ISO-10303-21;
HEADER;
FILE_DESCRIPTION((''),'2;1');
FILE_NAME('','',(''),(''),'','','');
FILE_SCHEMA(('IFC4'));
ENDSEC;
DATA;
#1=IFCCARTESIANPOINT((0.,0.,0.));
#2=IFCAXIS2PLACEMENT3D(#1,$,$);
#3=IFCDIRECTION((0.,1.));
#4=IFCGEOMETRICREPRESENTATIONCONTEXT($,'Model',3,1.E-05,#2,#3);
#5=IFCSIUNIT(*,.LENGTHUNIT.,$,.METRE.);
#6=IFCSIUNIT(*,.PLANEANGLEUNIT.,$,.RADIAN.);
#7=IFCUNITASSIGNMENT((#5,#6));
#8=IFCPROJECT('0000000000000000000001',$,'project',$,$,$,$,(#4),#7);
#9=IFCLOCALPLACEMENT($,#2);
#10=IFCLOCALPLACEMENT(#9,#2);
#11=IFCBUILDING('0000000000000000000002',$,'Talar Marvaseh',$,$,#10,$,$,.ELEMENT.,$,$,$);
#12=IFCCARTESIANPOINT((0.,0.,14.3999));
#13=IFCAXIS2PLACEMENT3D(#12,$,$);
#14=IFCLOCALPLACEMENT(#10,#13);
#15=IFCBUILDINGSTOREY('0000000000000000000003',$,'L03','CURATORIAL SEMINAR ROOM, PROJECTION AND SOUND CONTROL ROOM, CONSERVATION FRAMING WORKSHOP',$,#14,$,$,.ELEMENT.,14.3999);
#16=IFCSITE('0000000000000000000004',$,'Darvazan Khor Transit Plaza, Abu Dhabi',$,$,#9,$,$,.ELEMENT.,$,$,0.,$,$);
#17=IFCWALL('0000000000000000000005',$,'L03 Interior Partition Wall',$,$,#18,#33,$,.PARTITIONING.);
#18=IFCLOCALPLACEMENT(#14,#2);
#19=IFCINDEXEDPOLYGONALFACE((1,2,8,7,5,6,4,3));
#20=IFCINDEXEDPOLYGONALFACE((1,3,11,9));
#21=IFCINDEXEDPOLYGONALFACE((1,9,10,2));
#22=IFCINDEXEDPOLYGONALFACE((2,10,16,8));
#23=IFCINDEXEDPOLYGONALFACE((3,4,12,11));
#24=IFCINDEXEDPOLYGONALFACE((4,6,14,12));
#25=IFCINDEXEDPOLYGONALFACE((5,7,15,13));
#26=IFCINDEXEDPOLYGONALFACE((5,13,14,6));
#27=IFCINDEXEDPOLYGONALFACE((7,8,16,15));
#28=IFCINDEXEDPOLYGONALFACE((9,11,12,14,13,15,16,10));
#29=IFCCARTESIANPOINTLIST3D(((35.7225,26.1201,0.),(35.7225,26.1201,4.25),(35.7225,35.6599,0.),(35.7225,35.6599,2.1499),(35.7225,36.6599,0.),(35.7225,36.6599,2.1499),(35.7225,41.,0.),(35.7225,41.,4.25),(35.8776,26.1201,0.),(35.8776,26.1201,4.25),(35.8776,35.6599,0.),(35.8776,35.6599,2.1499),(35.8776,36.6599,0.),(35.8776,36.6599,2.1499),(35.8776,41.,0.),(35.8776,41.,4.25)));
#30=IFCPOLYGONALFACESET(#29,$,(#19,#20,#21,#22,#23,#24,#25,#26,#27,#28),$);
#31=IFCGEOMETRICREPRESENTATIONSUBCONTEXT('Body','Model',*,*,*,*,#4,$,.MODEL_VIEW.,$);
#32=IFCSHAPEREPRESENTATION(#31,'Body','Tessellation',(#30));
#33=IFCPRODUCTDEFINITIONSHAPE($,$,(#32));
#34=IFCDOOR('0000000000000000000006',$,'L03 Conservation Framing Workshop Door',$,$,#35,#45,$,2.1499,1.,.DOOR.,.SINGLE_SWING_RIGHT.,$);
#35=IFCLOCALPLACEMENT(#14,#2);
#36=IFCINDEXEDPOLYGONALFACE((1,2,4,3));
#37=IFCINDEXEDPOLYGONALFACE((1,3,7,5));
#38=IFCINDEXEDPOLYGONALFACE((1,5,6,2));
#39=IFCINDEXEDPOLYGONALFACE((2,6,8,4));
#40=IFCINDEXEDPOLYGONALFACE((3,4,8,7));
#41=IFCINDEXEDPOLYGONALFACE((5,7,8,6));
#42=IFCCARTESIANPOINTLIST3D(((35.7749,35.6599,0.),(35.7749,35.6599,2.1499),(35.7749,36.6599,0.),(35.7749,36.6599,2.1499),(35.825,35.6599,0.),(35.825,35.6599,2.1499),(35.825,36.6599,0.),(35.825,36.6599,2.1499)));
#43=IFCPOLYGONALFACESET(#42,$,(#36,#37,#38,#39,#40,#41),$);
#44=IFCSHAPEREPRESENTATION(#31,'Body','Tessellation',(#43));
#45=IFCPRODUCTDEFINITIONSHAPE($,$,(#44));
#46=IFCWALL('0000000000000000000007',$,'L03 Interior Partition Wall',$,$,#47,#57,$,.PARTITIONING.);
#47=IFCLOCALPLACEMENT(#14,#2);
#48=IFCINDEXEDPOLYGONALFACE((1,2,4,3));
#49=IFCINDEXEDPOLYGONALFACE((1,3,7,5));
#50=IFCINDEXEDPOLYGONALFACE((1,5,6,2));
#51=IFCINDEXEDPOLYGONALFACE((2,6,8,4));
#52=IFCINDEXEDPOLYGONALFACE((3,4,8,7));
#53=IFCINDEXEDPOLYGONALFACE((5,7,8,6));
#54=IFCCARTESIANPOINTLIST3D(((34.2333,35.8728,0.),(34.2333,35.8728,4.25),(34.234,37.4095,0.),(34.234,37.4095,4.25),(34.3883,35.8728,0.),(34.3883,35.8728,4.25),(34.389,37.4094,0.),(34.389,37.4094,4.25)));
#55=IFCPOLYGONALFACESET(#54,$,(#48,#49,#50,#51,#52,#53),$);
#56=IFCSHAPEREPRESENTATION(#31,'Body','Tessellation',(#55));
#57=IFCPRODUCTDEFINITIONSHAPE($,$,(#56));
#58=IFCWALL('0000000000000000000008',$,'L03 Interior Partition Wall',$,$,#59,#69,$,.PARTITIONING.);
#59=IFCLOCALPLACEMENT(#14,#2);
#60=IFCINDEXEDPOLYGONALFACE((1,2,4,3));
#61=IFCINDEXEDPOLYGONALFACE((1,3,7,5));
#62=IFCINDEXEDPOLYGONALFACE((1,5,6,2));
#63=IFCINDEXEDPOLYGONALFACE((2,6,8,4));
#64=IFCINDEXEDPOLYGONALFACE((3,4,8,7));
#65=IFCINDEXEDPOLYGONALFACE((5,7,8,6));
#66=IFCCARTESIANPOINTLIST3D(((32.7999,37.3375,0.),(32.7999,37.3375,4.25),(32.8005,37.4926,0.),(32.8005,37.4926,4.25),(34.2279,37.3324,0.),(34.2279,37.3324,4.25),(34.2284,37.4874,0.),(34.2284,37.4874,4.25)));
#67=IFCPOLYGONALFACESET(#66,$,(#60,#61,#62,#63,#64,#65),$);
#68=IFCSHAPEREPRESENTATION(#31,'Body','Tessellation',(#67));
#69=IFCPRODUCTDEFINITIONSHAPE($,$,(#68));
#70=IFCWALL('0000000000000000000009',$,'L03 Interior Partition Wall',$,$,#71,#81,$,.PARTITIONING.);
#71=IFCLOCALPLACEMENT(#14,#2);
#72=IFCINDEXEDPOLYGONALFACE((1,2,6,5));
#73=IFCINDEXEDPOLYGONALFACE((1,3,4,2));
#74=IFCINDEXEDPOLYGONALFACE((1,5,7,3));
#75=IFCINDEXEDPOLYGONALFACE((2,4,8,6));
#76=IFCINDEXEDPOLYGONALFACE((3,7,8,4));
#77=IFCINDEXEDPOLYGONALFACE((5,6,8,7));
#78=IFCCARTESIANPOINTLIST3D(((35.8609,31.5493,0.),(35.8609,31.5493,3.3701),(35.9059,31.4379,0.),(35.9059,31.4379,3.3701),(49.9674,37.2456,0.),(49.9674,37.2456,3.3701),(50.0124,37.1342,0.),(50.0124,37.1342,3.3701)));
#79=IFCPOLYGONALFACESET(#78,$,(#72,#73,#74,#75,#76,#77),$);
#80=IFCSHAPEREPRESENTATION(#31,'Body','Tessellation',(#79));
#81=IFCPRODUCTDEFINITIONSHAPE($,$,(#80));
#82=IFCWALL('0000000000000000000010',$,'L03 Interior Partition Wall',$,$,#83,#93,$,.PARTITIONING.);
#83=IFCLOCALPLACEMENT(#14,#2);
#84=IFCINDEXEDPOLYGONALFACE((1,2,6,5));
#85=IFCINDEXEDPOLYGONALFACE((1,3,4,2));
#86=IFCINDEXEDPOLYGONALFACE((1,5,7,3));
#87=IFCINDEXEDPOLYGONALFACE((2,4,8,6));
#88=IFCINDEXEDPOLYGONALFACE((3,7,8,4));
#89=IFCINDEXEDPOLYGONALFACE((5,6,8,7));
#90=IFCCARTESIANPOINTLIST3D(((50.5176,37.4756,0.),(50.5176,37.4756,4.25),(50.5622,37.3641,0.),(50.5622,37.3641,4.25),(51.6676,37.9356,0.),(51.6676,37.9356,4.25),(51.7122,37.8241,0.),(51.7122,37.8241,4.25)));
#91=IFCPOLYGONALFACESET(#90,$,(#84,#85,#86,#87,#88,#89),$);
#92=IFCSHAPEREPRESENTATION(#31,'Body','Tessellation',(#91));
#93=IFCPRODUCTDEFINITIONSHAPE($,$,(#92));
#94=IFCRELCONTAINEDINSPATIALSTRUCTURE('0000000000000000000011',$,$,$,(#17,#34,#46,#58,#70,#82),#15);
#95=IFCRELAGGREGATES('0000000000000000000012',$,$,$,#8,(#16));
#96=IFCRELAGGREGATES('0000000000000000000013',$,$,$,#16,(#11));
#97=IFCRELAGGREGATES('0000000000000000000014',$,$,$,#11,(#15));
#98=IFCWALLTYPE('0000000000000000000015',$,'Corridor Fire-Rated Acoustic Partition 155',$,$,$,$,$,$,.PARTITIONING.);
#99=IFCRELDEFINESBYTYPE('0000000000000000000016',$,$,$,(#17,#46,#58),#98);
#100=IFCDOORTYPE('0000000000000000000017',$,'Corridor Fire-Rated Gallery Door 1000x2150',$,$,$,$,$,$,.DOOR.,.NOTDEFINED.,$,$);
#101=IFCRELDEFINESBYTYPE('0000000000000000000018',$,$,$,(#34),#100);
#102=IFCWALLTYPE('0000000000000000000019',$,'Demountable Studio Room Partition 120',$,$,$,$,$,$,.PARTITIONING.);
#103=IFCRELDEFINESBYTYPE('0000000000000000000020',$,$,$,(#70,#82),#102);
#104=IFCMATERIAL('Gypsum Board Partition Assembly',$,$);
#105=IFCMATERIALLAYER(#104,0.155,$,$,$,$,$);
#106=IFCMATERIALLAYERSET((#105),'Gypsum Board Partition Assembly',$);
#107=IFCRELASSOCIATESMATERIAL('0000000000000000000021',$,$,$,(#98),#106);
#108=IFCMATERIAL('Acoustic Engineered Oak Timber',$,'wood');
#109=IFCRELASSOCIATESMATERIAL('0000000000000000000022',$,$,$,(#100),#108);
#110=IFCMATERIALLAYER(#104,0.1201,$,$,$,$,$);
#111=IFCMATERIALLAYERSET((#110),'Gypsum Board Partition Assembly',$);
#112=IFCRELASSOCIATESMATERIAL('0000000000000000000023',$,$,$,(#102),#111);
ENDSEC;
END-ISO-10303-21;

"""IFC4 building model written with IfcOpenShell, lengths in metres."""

from ifc_helpers import new_model, si_unit, direction, frame, frame_2d, origin, place, context, subcontext, project, spatial, rectangle, extrude, source, transform, mapped, material, layer, layer_set, type_object, type_shapes, element, fill, save


model = new_model("IFC4")

# Units and contexts
model_context = context("Model", 3, precision=1e-05, world=origin(), true_north=direction((0.0, 1.0)))
body_context = subcontext(model_context, "Body", "Model", "MODEL_VIEW")
ifc_project = project(units=[si_unit("LENGTHUNIT", "METRE"), si_unit("PLANEANGLEUNIT", "RADIAN")], contexts=[model_context])

# Site, building, storey
site_placement = place(None, origin())
site = spatial("IfcSite", under=ifc_project, at=site_placement, Name="Darvazan Khor Transit Plaza, Abu Dhabi", CompositionType="ELEMENT", RefElevation=0.0)
building_placement = place(site_placement, origin())
building = spatial("IfcBuilding", under=site, at=building_placement, Name="Talar Marvaseh", CompositionType="ELEMENT")
storey_placement = place(building_placement, frame((0.0, 0.0, 14.3999)))
storey = spatial("IfcBuildingStorey", under=building, at=storey_placement, Name="L03", Description="CURATORIAL SEMINAR ROOM, PROJECTION AND SOUND CONTROL ROOM, CONSERVATION FRAMING WORKSHOP", CompositionType="ELEMENT", Elevation=14.3999)

# Wall, opening, door
ifc_material_1 = material(Name="Gypsum Board Partition Assembly")
ifc_layer_1 = layer(ifc_material_1, 0.155)
ifc_layer_set_1 = layer_set([ifc_layer_1], Name="Gypsum Board Partition Assembly")
wall_type_1 = type_object("IfcWallType", Name="Corridor Fire-Rated Acoustic Partition 155", PredefinedType="PARTITIONING", material=ifc_layer_set_1)
wall_1_placement = place(storey_placement, frame((35.8, 41.0, 0.0), z_axis=(0.0, 0.0, 1.0), x_axis=(0.0, -1.0, 0.0)))
wall_1 = element("IfcWall", 1, at=wall_1_placement, inside=storey, type_object=wall_type_1, Name="L03 Interior Partition Wall", PredefinedType="PARTITIONING", context=body_context, shape_type="SweptSolid", body=[
    extrude(rectangle(XDim=14.8799, YDim=0.155, at=frame_2d((7.4399, 0.0))), origin(), (0.0, 0.0, 1.0), 4.25),
])
opening_1_placement = place(wall_1_placement, frame((4.3401, 0.0, 0.0)))
opening_1 = element("IfcOpeningElement", 2, at=opening_1_placement, cuts=wall_1, PredefinedType="OPENING", context=body_context, shape_type="SweptSolid", body=[
    extrude(rectangle(XDim=1.0, YDim=2.1499, at=frame_2d((0.5, 1.075))), frame((0.0, 0.0874, 0.0), z_axis=(0.0, -1.0, 0.0), x_axis=(1.0, 0.0, 0.0)), (0.0, 0.0, 1.0), 0.175),
])
ifc_material_2 = material(Name="Acoustic Engineered Oak Timber", Category="wood")
door_type = type_object("IfcDoorType", Name="Corridor Fire-Rated Gallery Door 1000x2150", OperationType="NOTDEFINED", PredefinedType="DOOR", material=ifc_material_2)
shared_shape_1 = source(origin(), body_context, "Body", "SweptSolid", [
    extrude(rectangle(XDim=1.0, YDim=2.1499, at=frame_2d((0.5, 1.075))), frame((0.0, 0.0249, 0.0), z_axis=(0.0, -1.0, 0.0), x_axis=(1.0, 0.0, 0.0)), (0.0, 0.0, 1.0), 0.05),
])
type_shapes(door_type, [shared_shape_1])
door_placement = place(opening_1_placement, origin())
door = element("IfcDoor", 3, at=door_placement, inside=storey, type_object=door_type, Name="L03 Conservation Framing Workshop Door", OperationType="SINGLE_SWING_RIGHT", OverallHeight=2.1499, OverallWidth=1.0, PredefinedType="DOOR", context=body_context, shape_type="MappedRepresentation", body=[
    mapped(shared_shape_1, transform((0.0, 0.0, 0.0), x_axis=(1.0, 0.0, 0.0), y_axis=(0.0, 1.0, 0.0), z_axis=(0.0, 0.0, 1.0), scale=1.0)),
])
fill(opening_1, door)

# Walls
wall_2_placement = place(storey_placement, frame((34.3108, 35.8728, 0.0), z_axis=(0.0, 0.0, 1.0), x_axis=(0.000477, 1.0, 0.0)))
element("IfcWall", 4, at=wall_2_placement, inside=storey, type_object=wall_type_1, Name="L03 Interior Partition Wall", PredefinedType="PARTITIONING", context=body_context, shape_type="SweptSolid", body=[
    extrude(rectangle(XDim=1.5366, YDim=0.155, at=frame_2d((0.7683, 0.0))), origin(), (0.0, 0.0, 1.0), 4.25),
])
wall_3_placement = place(storey_placement, frame((34.228, 37.4099, 0.0), z_axis=(0.0, 0.0, 1.0), x_axis=(-0.999994, 0.00359, 0.0)))
element("IfcWall", 5, at=wall_3_placement, inside=storey, type_object=wall_type_1, Name="L03 Interior Partition Wall", PredefinedType="PARTITIONING", context=body_context, shape_type="SweptSolid", body=[
    extrude(rectangle(XDim=1.428, YDim=0.155, at=frame_2d((0.7139, 0.0))), origin(), (0.0, 0.0, 1.0), 4.25),
])
ifc_layer_2 = layer(ifc_material_1, 0.1201)
ifc_layer_set_2 = layer_set([ifc_layer_2], Name="Gypsum Board Partition Assembly")
wall_type_2 = type_object("IfcWallType", Name="Demountable Studio Room Partition 120", PredefinedType="PARTITIONING", material=ifc_layer_set_2)
wall_4_placement = place(storey_placement, frame((35.8835, 31.4937, 0.0), z_axis=(0.0, 0.0, 1.0), x_axis=(0.927254, 0.374432, 0.0)))
element("IfcWall", 6, at=wall_4_placement, inside=storey, type_object=wall_type_2, Name="L03 Interior Partition Wall", PredefinedType="PARTITIONING", context=body_context, shape_type="SweptSolid", body=[
    extrude(rectangle(XDim=15.2131, YDim=0.1201, at=frame_2d((7.6064, 0.0))), origin(), (0.0, 0.0, 1.0), 3.3701),
])
wall_5_placement = place(storey_placement, frame((50.54, 37.4199, 0.0), z_axis=(0.0, 0.0, 1.0), x_axis=(0.928477, 0.371391, 0.0)))
element("IfcWall", 7, at=wall_5_placement, inside=storey, type_object=wall_type_2, Name="L03 Interior Partition Wall", PredefinedType="PARTITIONING", context=body_context, shape_type="SweptSolid", body=[
    extrude(rectangle(XDim=1.2385, YDim=0.1201, at=frame_2d((0.6191, 0.0))), origin(), (0.0, 0.0, 1.0), 4.25),
])

save(model, "model.ifc")
